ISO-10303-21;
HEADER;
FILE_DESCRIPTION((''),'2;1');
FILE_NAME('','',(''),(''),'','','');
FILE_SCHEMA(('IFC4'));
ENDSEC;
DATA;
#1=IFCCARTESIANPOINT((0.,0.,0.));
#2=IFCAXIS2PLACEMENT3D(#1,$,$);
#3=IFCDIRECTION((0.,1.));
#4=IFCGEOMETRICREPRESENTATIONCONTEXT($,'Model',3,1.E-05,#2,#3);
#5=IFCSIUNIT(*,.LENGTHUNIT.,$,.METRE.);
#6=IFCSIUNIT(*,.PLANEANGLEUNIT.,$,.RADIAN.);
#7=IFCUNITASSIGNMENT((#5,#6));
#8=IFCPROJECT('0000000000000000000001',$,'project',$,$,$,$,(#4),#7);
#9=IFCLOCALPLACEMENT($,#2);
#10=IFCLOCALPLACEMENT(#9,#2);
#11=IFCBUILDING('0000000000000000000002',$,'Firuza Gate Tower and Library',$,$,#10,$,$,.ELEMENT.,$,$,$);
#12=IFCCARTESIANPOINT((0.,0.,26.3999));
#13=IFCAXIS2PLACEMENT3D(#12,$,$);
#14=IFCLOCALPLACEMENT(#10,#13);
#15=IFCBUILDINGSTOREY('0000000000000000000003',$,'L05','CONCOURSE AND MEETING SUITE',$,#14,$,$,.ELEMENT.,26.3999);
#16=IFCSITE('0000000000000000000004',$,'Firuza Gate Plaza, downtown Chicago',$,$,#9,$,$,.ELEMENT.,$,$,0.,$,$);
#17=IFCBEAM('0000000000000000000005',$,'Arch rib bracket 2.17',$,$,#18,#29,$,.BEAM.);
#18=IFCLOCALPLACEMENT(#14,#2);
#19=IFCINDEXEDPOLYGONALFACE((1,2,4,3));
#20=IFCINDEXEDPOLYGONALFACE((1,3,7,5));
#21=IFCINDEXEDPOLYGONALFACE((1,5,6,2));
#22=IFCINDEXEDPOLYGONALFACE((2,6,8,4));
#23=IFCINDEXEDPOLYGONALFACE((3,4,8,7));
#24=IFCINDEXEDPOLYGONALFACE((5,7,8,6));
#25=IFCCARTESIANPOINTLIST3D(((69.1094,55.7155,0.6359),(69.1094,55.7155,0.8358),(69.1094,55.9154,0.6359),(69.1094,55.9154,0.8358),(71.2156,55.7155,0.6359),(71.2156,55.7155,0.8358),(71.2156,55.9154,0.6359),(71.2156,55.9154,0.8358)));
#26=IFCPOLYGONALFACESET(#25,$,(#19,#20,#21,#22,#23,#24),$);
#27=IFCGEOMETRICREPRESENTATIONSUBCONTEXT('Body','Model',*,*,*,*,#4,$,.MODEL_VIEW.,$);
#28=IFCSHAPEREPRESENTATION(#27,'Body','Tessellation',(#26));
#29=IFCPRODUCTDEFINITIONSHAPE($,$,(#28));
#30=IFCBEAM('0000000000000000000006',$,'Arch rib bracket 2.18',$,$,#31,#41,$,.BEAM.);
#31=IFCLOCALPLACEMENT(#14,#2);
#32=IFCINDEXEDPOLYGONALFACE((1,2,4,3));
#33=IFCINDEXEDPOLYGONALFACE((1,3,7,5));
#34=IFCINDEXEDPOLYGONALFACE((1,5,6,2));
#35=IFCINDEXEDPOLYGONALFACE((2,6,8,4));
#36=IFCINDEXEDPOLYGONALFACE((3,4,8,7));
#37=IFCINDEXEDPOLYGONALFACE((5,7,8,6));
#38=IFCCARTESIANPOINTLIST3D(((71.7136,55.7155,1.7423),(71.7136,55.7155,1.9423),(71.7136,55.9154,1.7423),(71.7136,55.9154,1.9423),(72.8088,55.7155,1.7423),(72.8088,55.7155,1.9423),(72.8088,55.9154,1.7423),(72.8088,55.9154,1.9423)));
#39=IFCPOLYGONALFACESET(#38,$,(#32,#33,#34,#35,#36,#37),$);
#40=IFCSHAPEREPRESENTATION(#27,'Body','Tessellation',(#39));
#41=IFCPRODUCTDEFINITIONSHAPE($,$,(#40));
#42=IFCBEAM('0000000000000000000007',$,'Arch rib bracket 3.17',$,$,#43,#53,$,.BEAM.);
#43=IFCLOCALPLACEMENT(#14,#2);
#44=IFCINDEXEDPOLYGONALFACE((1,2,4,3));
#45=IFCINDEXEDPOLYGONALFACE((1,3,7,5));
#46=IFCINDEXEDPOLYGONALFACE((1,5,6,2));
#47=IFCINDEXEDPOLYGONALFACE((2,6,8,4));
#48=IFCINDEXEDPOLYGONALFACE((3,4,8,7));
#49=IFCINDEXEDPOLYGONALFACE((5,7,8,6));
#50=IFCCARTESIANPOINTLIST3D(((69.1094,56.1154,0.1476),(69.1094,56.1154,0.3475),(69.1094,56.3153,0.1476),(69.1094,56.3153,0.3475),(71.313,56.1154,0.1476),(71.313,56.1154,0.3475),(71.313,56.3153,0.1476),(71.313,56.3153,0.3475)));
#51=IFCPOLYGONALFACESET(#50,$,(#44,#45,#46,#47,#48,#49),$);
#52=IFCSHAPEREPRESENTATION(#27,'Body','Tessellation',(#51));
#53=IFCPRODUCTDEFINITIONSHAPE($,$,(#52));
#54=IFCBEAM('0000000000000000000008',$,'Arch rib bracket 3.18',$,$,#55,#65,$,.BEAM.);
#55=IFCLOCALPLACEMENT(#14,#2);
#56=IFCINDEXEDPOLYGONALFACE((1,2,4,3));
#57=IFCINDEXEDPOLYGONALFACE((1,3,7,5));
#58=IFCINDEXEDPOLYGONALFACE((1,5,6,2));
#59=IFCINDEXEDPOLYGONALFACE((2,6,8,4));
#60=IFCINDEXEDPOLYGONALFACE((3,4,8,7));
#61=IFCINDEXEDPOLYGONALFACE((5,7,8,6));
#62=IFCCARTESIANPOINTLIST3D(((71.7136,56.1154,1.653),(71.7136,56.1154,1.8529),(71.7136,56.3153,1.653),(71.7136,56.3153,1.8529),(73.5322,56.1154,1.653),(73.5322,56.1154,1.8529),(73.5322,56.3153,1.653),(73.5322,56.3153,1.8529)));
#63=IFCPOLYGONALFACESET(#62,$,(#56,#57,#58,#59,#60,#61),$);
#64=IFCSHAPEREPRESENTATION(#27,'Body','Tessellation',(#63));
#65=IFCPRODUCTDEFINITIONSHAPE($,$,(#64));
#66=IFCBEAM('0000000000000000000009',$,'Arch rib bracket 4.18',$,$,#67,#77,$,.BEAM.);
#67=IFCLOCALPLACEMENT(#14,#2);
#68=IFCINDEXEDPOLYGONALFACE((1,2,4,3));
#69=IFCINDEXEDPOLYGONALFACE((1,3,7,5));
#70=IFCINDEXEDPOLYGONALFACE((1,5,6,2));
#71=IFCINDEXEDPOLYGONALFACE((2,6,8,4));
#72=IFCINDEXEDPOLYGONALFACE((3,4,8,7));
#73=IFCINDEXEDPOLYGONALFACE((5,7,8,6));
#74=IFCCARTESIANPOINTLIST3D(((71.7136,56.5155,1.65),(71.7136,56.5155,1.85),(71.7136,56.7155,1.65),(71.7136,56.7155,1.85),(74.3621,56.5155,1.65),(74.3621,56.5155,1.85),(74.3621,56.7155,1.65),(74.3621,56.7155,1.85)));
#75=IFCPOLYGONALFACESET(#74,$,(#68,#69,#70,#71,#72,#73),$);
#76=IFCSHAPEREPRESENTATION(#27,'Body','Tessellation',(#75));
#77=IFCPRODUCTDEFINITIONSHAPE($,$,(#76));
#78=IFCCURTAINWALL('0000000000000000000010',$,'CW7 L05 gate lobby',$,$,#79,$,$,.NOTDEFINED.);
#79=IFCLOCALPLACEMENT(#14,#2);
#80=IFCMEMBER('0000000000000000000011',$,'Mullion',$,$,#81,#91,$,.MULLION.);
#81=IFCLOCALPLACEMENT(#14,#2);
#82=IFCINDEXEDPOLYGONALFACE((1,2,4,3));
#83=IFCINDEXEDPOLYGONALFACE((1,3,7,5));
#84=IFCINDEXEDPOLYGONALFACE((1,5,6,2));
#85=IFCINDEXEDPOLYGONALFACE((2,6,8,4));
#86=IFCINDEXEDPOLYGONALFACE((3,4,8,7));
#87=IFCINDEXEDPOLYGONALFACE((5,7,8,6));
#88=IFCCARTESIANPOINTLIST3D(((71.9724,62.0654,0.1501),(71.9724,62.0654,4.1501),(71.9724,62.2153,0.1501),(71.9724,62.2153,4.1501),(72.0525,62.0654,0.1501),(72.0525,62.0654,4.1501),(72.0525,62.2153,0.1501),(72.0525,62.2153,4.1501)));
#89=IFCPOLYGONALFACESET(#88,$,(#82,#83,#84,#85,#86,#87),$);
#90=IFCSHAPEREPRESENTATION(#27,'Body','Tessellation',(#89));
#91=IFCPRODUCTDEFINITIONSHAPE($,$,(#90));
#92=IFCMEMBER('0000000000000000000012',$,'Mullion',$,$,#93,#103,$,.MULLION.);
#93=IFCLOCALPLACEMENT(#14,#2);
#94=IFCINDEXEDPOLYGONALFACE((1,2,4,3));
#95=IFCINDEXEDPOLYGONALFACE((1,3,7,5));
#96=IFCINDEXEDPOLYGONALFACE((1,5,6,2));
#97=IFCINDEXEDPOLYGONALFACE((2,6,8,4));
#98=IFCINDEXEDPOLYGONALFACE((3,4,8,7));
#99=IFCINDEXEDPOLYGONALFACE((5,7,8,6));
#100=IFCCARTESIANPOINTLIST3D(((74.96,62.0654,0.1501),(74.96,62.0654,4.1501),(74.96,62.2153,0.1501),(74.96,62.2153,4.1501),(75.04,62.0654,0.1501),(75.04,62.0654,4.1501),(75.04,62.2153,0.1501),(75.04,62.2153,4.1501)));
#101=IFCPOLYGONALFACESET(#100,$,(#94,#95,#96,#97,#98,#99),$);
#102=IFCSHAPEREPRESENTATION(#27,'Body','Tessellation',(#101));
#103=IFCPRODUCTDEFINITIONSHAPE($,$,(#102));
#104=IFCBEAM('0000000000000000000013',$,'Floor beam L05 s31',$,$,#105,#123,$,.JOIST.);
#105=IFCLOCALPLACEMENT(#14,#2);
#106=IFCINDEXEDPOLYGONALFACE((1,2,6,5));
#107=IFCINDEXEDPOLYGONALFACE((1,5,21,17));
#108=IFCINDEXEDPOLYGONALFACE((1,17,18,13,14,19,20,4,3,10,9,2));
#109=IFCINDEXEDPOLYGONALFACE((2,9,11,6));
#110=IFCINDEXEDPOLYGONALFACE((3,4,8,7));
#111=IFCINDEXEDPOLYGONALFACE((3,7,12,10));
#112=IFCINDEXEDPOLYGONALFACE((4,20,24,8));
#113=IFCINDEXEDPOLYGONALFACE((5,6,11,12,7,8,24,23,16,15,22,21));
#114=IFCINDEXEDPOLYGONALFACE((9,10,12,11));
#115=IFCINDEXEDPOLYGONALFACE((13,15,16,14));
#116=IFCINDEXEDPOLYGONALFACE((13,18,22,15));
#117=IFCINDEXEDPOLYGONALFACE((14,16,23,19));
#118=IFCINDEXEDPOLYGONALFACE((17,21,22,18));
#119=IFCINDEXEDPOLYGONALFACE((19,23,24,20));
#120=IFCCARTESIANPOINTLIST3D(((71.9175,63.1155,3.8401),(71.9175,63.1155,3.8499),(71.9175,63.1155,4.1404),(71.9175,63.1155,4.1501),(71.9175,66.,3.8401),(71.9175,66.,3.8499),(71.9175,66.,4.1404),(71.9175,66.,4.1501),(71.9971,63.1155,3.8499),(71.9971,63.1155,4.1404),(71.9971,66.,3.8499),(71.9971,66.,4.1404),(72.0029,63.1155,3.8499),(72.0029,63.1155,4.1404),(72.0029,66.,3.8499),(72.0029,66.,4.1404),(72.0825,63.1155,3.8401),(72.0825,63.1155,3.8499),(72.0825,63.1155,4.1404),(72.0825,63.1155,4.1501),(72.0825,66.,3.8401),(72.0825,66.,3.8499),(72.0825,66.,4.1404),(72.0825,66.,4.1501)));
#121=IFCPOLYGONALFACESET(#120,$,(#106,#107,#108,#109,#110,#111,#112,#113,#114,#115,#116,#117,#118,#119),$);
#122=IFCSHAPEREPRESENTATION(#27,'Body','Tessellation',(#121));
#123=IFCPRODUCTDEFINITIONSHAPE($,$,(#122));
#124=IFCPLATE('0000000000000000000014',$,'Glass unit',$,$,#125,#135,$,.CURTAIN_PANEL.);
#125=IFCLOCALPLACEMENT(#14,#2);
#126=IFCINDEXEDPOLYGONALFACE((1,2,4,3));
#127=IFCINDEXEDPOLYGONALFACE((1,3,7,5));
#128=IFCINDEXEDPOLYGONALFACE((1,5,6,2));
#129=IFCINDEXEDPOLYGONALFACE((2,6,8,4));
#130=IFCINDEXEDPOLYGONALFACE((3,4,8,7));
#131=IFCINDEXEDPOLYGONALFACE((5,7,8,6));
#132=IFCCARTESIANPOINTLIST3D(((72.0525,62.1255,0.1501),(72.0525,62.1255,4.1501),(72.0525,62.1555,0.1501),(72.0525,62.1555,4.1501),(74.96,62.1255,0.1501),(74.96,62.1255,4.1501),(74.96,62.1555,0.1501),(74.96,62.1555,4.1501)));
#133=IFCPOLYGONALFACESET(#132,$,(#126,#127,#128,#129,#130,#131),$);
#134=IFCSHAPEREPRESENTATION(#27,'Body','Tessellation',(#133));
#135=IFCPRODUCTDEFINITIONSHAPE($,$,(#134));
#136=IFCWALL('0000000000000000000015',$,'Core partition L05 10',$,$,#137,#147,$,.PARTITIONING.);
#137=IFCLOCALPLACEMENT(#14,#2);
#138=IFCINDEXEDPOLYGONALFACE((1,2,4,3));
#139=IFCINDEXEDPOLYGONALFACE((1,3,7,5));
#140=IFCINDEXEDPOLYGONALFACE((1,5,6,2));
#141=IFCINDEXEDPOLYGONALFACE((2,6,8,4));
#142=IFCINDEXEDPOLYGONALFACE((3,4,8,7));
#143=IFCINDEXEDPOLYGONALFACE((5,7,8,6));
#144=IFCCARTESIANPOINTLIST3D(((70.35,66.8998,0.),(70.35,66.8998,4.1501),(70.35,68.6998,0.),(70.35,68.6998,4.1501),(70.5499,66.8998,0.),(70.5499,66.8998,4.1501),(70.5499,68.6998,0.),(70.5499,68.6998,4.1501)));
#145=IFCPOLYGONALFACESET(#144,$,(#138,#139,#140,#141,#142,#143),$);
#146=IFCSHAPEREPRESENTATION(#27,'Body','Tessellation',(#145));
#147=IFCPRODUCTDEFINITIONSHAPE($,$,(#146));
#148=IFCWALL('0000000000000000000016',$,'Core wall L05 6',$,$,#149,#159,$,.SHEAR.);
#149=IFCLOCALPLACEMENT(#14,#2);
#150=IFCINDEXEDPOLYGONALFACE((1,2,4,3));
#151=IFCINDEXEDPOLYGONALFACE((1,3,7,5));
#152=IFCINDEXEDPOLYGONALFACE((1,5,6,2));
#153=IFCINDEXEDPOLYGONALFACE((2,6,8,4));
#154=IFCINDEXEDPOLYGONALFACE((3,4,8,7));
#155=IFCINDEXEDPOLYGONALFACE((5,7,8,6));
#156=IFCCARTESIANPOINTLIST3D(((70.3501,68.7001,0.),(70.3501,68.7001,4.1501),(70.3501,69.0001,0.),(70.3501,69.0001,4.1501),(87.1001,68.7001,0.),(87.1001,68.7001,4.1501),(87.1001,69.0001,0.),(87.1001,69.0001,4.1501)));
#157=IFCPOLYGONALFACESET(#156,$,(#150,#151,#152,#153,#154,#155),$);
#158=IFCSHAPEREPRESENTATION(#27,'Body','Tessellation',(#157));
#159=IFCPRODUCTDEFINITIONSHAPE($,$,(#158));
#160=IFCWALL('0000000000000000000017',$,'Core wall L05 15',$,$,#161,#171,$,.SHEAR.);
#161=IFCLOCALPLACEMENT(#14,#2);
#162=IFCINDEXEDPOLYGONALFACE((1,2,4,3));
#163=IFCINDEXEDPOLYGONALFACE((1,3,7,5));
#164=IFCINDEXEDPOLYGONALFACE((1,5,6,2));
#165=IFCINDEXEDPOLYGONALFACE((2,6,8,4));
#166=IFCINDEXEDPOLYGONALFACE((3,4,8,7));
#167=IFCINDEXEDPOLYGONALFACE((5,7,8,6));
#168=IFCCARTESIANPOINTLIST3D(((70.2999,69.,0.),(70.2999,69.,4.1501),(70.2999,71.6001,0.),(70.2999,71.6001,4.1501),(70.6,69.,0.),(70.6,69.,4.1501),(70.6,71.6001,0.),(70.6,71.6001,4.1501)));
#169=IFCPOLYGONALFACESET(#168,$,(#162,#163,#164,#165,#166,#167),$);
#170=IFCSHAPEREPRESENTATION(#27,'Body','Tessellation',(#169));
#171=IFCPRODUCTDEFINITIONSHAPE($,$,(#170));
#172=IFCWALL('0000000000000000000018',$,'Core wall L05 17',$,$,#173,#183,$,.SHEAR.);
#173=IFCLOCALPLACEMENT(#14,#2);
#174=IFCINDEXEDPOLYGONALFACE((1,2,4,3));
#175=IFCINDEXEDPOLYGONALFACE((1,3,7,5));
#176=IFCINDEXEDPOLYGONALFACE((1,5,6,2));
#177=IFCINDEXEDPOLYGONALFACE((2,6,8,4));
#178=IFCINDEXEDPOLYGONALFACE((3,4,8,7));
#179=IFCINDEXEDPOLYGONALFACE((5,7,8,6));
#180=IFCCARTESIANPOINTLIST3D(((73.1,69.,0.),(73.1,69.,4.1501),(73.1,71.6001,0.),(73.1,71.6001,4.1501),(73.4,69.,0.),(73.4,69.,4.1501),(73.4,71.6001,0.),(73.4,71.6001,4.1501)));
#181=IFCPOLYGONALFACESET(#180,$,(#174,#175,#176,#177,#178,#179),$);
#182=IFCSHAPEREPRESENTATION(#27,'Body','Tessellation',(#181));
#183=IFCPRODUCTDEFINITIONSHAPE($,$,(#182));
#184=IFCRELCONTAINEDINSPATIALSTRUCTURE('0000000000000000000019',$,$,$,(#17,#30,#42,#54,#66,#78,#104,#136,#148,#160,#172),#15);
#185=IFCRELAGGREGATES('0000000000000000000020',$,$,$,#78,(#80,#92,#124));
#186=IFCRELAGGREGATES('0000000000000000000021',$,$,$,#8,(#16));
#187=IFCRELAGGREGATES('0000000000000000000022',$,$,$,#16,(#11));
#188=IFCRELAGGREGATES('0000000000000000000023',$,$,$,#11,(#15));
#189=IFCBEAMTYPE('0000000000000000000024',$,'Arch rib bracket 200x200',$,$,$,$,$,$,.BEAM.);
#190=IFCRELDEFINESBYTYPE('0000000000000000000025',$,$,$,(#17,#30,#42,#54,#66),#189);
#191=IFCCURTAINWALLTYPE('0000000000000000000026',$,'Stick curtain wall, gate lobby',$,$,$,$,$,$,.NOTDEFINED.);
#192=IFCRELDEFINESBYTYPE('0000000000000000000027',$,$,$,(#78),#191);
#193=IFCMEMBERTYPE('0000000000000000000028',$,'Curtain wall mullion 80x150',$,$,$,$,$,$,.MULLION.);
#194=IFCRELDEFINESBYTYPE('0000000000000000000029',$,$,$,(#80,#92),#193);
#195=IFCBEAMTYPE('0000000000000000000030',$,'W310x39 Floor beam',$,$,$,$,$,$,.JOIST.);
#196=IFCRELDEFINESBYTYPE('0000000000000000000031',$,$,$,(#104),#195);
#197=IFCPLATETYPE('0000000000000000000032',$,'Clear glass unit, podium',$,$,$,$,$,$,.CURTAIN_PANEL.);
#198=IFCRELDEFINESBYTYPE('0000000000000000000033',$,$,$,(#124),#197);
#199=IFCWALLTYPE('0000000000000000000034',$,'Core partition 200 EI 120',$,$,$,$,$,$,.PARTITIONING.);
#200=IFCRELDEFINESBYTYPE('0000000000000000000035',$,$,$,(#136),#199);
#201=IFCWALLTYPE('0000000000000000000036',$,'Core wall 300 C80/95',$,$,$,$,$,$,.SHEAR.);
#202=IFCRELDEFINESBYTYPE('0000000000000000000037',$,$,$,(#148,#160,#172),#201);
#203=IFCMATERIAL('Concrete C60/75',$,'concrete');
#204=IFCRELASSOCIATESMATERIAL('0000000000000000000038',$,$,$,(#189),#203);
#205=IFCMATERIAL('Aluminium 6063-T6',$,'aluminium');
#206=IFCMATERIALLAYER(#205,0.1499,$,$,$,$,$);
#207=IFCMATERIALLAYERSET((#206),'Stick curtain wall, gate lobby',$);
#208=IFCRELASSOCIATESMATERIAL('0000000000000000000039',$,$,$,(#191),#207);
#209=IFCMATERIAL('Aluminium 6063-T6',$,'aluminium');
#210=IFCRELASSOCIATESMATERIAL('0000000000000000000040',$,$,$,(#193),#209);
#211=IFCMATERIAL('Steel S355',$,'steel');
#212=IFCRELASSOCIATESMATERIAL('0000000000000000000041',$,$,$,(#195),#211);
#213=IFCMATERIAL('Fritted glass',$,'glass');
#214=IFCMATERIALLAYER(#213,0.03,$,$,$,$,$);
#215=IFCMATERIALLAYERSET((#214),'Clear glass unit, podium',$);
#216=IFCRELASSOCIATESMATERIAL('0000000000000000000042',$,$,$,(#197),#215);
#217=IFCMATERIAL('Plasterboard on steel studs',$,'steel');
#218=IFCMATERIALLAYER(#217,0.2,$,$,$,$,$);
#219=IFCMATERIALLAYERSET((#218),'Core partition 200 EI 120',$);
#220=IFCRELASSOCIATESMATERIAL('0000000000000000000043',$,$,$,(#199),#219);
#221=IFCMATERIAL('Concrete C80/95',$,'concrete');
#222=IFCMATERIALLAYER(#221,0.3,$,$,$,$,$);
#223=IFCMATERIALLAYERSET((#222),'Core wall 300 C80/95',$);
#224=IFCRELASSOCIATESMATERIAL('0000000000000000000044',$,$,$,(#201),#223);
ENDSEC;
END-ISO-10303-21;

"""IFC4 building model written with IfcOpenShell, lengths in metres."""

from ifc_helpers import new_model, si_unit, direction, frame, frame_2d, origin, origin_2d, place, context, subcontext, project, spatial, polyline, rectangle, i_section, outline, extrude, material, layer, layer_set, material_profile, profile_set, type_object, element, aggregate, save


model = new_model("IFC4")

# Units and contexts
model_context = context("Model", 3, precision=1e-05, world=origin(), true_north=direction((0.0, 1.0)))
body_context = subcontext(model_context, "Body", "Model", "MODEL_VIEW")
ifc_project = project(units=[si_unit("LENGTHUNIT", "METRE"), si_unit("PLANEANGLEUNIT", "RADIAN")], contexts=[model_context])

# Site, building, storey
site_placement = place(None, origin())
site = spatial("IfcSite", under=ifc_project, at=site_placement, Name="Firuza Gate Plaza, downtown Chicago", CompositionType="ELEMENT", RefElevation=0.0)
building_placement = place(site_placement, origin())
building = spatial("IfcBuilding", under=site, at=building_placement, Name="Firuza Gate Tower and Library", CompositionType="ELEMENT")
storey_placement = place(building_placement, frame((0.0, 0.0, 26.3999)))
storey = spatial("IfcBuildingStorey", under=building, at=storey_placement, Name="L05", Description="CONCOURSE AND MEETING SUITE", CompositionType="ELEMENT", Elevation=26.3999)

# Beams
ifc_material_1 = material(Name="Concrete C60/75", Category="concrete")
ifc_material_profile_1 = material_profile(ifc_material_1, rectangle(XDim=0.2, YDim=0.2, at=origin_2d()))
ifc_profile_set_1 = profile_set([ifc_material_profile_1], Name="Concrete C60/75")
beam_type_1 = type_object("IfcBeamType", Name="Arch rib bracket 200x200", PredefinedType="BEAM", material=ifc_profile_set_1)
beam_1_placement = place(storey_placement, frame((69.1094, 55.8154, 0.7358), z_axis=(1.0, 0.0, 0.0), x_axis=(0.0, 1.0, 0.0)))
element("IfcBeam", 1, at=beam_1_placement, inside=storey, type_object=beam_type_1, Name="Arch rib bracket 2.17", PredefinedType="BEAM", context=body_context, shape_type="SweptSolid", body=[
    extrude(rectangle(XDim=0.2, YDim=0.2, at=origin_2d()), origin(), (0.0, 0.0, 1.0), 2.1062),
])
beam_2_placement = place(storey_placement, frame((71.7136, 55.8154, 1.8423), z_axis=(1.0, 0.0, 0.0), x_axis=(0.0, 1.0, 0.0)))
element("IfcBeam", 2, at=beam_2_placement, inside=storey, type_object=beam_type_1, Name="Arch rib bracket 2.18", PredefinedType="BEAM", context=body_context, shape_type="SweptSolid", body=[
    extrude(rectangle(XDim=0.2, YDim=0.2, at=origin_2d()), origin(), (0.0, 0.0, 1.0), 1.0952),
])
beam_3_placement = place(storey_placement, frame((69.1094, 56.2153, 0.2476), z_axis=(1.0, 0.0, 0.0), x_axis=(0.0, 1.0, 0.0)))
element("IfcBeam", 3, at=beam_3_placement, inside=storey, type_object=beam_type_1, Name="Arch rib bracket 3.17", PredefinedType="BEAM", context=body_context, shape_type="SweptSolid", body=[
    extrude(rectangle(XDim=0.2, YDim=0.2, at=origin_2d()), origin(), (0.0, 0.0, 1.0), 2.2036),
])
beam_4_placement = place(storey_placement, frame((71.7136, 56.2153, 1.7529), z_axis=(1.0, 0.0, 0.0), x_axis=(0.0, 1.0, 0.0)))
element("IfcBeam", 4, at=beam_4_placement, inside=storey, type_object=beam_type_1, Name="Arch rib bracket 3.18", PredefinedType="BEAM", context=body_context, shape_type="SweptSolid", body=[
    extrude(rectangle(XDim=0.2, YDim=0.2, at=origin_2d()), origin(), (0.0, 0.0, 1.0), 1.8186),
])
beam_5_placement = place(storey_placement, frame((71.7136, 56.6155, 1.75), z_axis=(1.0, 0.0, 0.0), x_axis=(0.0, 1.0, 0.0)))
element("IfcBeam", 5, at=beam_5_placement, inside=storey, type_object=beam_type_1, Name="Arch rib bracket 4.18", PredefinedType="BEAM", context=body_context, shape_type="SweptSolid", body=[
    extrude(rectangle(XDim=0.2, YDim=0.2, at=origin_2d()), origin(), (0.0, 0.0, 1.0), 2.6484),
])

# Curtain wall, members
ifc_material_2 = material(Name="Aluminium 6063-T6", Category="aluminium")
ifc_layer_1 = layer(ifc_material_2, 0.1499)
ifc_layer_set_1 = layer_set([ifc_layer_1], Name="Stick curtain wall, gate lobby")
curtain_wall_type = type_object("IfcCurtainWallType", Name="Stick curtain wall, gate lobby", PredefinedType="NOTDEFINED", material=ifc_layer_set_1)
curtain_wall_placement = place(storey_placement, origin())
curtain_wall = element("IfcCurtainWall", 6, at=curtain_wall_placement, inside=storey, type_object=curtain_wall_type, Name="CW7 L05 gate lobby", PredefinedType="NOTDEFINED")
ifc_material_3 = material(Name="Aluminium 6063-T6", Category="aluminium")
ifc_material_profile_2 = material_profile(ifc_material_3, rectangle(XDim=0.1499, YDim=0.0801, at=origin_2d()))
ifc_profile_set_2 = profile_set([ifc_material_profile_2], Name="Aluminium 6063-T6")
member_type_1 = type_object("IfcMemberType", Name="Curtain wall mullion 80x150", PredefinedType="MULLION", material=ifc_profile_set_2)
member_1_placement = place(storey_placement, frame((72.0125, 62.1404, 0.1501), z_axis=(0.0, 0.0, 1.0), x_axis=(0.0, 1.0, 0.0)))
member_1 = element("IfcMember", 7, at=member_1_placement, type_object=member_type_1, Name="Mullion", PredefinedType="MULLION", context=body_context, shape_type="SweptSolid", body=[
    extrude(rectangle(XDim=0.1499, YDim=0.0801, at=origin_2d()), origin(), (0.0, 0.0, 1.0), 4.0),
])
member_2_placement = place(storey_placement, frame((75.0, 62.1404, 0.1501), z_axis=(0.0, 0.0, 1.0), x_axis=(0.0, 1.0, 0.0)))
member_2 = element("IfcMember", 8, at=member_2_placement, type_object=member_type_1, Name="Mullion", PredefinedType="MULLION", context=body_context, shape_type="SweptSolid", body=[
    extrude(rectangle(XDim=0.1499, YDim=0.0801, at=origin_2d()), origin(), (0.0, 0.0, 1.0), 4.0),
])

# Beam
ifc_material_4 = material(Name="Steel S355", Category="steel")
ifc_material_profile_3 = material_profile(ifc_material_4, i_section(OverallWidth=0.165, OverallDepth=0.3101, WebThickness=0.0059, FlangeThickness=0.0098, at=origin_2d()))
ifc_profile_set_3 = profile_set([ifc_material_profile_3], Name="Steel S355")
beam_type_2 = type_object("IfcBeamType", Name="W310x39 Floor beam", PredefinedType="JOIST", material=ifc_profile_set_3)
beam_6_placement = place(storey_placement, frame((72.0, 63.1155, 3.9951), z_axis=(0.0, 1.0, 0.0), x_axis=(-1.0, 0.0, 0.0)))
element("IfcBeam", 9, at=beam_6_placement, inside=storey, type_object=beam_type_2, Name="Floor beam L05 s31", PredefinedType="JOIST", context=body_context, shape_type="SweptSolid", body=[
    extrude(i_section(OverallWidth=0.165, OverallDepth=0.3101, WebThickness=0.0059, FlangeThickness=0.0098, at=origin_2d()), origin(), (0.0, 0.0, 1.0), 2.8845),
])

# Plate
ifc_material_5 = material(Name="Fritted glass", Category="glass")
ifc_layer_2 = layer(ifc_material_5, 0.03)
ifc_layer_set_2 = layer_set([ifc_layer_2], Name="Clear glass unit, podium")
plate_type = type_object("IfcPlateType", Name="Clear glass unit, podium", PredefinedType="CURTAIN_PANEL", material=ifc_layer_set_2)
plate_placement = place(storey_placement, frame((72.0525, 62.1255, 0.1501), z_axis=(0.0, -1.0, 0.0), x_axis=(1.0, 0.0, 0.0)))
plate = element("IfcPlate", 10, at=plate_placement, type_object=plate_type, Name="Glass unit", PredefinedType="CURTAIN_PANEL", context=body_context, shape_type="SweptSolid", body=[
    extrude(outline(polyline([(0.0, 0.0), (2.9075, 0.0), (2.9075, 4.0), (0.0, 4.0), (0.0, 0.0)])), origin(), (0.0, 0.0, -1.0), 0.03),
])
aggregate(curtain_wall, [member_1, member_2, plate])

# Walls
ifc_material_6 = material(Name="Plasterboard on steel studs", Category="steel")
ifc_layer_3 = layer(ifc_material_6, 0.2)
ifc_layer_set_3 = layer_set([ifc_layer_3], Name="Core partition 200 EI 120")
wall_type_1 = type_object("IfcWallType", Name="Core partition 200 EI 120", PredefinedType="PARTITIONING", material=ifc_layer_set_3)
wall_1_placement = place(storey_placement, frame((70.45, 66.8999, 0.0), z_axis=(0.0, 0.0, 1.0), x_axis=(0.0, 1.0, 0.0)))
element("IfcWall", 11, at=wall_1_placement, inside=storey, type_object=wall_type_1, Name="Core partition L05 10", PredefinedType="PARTITIONING", context=body_context, shape_type="SweptSolid", body=[
    extrude(rectangle(XDim=1.8, YDim=0.2, at=frame_2d((0.8999, 0.0))), origin(), (0.0, 0.0, 1.0), 4.1501),
])
ifc_material_7 = material(Name="Concrete C80/95", Category="concrete")
ifc_layer_4 = layer(ifc_material_7, 0.3)
ifc_layer_set_4 = layer_set([ifc_layer_4], Name="Core wall 300 C80/95")
wall_type_2 = type_object("IfcWallType", Name="Core wall 300 C80/95", PredefinedType="SHEAR", material=ifc_layer_set_4)
wall_2_placement = place(storey_placement, frame((70.3501, 68.8501, 0.0), z_axis=(0.0, 0.0, 1.0), x_axis=(1.0, 0.0, 0.0)))
element("IfcWall", 12, at=wall_2_placement, inside=storey, type_object=wall_type_2, Name="Core wall L05 6", PredefinedType="SHEAR", context=body_context, shape_type="SweptSolid", body=[
    extrude(rectangle(XDim=16.75, YDim=0.3, at=frame_2d((8.375, 0.0))), origin(), (0.0, 0.0, 1.0), 4.1501),
])
for number, where, z_axis, x_axis, name in (
    (13, (70.45, 69.0, 0.0), (0.0, 0.0, 1.0), (0.0, 1.0, 0.0), "Core wall L05 15"),
    (14, (73.25, 69.0, 0.0), (0.0, 0.0, 1.0), (0.0, 1.0, 0.0), "Core wall L05 17"),
):
    element("IfcWall", number, at=place(storey_placement, frame(where, z_axis=z_axis, x_axis=x_axis)), inside=storey, type_object=wall_type_2, Name=name, PredefinedType="SHEAR", context=body_context, shape_type="SweptSolid", body=[
        extrude(rectangle(XDim=2.6001, YDim=0.3, at=frame_2d((1.3, 0.0))), origin(), (0.0, 0.0, 1.0), 4.1501),
    ])

save(model, "model.ifc")
